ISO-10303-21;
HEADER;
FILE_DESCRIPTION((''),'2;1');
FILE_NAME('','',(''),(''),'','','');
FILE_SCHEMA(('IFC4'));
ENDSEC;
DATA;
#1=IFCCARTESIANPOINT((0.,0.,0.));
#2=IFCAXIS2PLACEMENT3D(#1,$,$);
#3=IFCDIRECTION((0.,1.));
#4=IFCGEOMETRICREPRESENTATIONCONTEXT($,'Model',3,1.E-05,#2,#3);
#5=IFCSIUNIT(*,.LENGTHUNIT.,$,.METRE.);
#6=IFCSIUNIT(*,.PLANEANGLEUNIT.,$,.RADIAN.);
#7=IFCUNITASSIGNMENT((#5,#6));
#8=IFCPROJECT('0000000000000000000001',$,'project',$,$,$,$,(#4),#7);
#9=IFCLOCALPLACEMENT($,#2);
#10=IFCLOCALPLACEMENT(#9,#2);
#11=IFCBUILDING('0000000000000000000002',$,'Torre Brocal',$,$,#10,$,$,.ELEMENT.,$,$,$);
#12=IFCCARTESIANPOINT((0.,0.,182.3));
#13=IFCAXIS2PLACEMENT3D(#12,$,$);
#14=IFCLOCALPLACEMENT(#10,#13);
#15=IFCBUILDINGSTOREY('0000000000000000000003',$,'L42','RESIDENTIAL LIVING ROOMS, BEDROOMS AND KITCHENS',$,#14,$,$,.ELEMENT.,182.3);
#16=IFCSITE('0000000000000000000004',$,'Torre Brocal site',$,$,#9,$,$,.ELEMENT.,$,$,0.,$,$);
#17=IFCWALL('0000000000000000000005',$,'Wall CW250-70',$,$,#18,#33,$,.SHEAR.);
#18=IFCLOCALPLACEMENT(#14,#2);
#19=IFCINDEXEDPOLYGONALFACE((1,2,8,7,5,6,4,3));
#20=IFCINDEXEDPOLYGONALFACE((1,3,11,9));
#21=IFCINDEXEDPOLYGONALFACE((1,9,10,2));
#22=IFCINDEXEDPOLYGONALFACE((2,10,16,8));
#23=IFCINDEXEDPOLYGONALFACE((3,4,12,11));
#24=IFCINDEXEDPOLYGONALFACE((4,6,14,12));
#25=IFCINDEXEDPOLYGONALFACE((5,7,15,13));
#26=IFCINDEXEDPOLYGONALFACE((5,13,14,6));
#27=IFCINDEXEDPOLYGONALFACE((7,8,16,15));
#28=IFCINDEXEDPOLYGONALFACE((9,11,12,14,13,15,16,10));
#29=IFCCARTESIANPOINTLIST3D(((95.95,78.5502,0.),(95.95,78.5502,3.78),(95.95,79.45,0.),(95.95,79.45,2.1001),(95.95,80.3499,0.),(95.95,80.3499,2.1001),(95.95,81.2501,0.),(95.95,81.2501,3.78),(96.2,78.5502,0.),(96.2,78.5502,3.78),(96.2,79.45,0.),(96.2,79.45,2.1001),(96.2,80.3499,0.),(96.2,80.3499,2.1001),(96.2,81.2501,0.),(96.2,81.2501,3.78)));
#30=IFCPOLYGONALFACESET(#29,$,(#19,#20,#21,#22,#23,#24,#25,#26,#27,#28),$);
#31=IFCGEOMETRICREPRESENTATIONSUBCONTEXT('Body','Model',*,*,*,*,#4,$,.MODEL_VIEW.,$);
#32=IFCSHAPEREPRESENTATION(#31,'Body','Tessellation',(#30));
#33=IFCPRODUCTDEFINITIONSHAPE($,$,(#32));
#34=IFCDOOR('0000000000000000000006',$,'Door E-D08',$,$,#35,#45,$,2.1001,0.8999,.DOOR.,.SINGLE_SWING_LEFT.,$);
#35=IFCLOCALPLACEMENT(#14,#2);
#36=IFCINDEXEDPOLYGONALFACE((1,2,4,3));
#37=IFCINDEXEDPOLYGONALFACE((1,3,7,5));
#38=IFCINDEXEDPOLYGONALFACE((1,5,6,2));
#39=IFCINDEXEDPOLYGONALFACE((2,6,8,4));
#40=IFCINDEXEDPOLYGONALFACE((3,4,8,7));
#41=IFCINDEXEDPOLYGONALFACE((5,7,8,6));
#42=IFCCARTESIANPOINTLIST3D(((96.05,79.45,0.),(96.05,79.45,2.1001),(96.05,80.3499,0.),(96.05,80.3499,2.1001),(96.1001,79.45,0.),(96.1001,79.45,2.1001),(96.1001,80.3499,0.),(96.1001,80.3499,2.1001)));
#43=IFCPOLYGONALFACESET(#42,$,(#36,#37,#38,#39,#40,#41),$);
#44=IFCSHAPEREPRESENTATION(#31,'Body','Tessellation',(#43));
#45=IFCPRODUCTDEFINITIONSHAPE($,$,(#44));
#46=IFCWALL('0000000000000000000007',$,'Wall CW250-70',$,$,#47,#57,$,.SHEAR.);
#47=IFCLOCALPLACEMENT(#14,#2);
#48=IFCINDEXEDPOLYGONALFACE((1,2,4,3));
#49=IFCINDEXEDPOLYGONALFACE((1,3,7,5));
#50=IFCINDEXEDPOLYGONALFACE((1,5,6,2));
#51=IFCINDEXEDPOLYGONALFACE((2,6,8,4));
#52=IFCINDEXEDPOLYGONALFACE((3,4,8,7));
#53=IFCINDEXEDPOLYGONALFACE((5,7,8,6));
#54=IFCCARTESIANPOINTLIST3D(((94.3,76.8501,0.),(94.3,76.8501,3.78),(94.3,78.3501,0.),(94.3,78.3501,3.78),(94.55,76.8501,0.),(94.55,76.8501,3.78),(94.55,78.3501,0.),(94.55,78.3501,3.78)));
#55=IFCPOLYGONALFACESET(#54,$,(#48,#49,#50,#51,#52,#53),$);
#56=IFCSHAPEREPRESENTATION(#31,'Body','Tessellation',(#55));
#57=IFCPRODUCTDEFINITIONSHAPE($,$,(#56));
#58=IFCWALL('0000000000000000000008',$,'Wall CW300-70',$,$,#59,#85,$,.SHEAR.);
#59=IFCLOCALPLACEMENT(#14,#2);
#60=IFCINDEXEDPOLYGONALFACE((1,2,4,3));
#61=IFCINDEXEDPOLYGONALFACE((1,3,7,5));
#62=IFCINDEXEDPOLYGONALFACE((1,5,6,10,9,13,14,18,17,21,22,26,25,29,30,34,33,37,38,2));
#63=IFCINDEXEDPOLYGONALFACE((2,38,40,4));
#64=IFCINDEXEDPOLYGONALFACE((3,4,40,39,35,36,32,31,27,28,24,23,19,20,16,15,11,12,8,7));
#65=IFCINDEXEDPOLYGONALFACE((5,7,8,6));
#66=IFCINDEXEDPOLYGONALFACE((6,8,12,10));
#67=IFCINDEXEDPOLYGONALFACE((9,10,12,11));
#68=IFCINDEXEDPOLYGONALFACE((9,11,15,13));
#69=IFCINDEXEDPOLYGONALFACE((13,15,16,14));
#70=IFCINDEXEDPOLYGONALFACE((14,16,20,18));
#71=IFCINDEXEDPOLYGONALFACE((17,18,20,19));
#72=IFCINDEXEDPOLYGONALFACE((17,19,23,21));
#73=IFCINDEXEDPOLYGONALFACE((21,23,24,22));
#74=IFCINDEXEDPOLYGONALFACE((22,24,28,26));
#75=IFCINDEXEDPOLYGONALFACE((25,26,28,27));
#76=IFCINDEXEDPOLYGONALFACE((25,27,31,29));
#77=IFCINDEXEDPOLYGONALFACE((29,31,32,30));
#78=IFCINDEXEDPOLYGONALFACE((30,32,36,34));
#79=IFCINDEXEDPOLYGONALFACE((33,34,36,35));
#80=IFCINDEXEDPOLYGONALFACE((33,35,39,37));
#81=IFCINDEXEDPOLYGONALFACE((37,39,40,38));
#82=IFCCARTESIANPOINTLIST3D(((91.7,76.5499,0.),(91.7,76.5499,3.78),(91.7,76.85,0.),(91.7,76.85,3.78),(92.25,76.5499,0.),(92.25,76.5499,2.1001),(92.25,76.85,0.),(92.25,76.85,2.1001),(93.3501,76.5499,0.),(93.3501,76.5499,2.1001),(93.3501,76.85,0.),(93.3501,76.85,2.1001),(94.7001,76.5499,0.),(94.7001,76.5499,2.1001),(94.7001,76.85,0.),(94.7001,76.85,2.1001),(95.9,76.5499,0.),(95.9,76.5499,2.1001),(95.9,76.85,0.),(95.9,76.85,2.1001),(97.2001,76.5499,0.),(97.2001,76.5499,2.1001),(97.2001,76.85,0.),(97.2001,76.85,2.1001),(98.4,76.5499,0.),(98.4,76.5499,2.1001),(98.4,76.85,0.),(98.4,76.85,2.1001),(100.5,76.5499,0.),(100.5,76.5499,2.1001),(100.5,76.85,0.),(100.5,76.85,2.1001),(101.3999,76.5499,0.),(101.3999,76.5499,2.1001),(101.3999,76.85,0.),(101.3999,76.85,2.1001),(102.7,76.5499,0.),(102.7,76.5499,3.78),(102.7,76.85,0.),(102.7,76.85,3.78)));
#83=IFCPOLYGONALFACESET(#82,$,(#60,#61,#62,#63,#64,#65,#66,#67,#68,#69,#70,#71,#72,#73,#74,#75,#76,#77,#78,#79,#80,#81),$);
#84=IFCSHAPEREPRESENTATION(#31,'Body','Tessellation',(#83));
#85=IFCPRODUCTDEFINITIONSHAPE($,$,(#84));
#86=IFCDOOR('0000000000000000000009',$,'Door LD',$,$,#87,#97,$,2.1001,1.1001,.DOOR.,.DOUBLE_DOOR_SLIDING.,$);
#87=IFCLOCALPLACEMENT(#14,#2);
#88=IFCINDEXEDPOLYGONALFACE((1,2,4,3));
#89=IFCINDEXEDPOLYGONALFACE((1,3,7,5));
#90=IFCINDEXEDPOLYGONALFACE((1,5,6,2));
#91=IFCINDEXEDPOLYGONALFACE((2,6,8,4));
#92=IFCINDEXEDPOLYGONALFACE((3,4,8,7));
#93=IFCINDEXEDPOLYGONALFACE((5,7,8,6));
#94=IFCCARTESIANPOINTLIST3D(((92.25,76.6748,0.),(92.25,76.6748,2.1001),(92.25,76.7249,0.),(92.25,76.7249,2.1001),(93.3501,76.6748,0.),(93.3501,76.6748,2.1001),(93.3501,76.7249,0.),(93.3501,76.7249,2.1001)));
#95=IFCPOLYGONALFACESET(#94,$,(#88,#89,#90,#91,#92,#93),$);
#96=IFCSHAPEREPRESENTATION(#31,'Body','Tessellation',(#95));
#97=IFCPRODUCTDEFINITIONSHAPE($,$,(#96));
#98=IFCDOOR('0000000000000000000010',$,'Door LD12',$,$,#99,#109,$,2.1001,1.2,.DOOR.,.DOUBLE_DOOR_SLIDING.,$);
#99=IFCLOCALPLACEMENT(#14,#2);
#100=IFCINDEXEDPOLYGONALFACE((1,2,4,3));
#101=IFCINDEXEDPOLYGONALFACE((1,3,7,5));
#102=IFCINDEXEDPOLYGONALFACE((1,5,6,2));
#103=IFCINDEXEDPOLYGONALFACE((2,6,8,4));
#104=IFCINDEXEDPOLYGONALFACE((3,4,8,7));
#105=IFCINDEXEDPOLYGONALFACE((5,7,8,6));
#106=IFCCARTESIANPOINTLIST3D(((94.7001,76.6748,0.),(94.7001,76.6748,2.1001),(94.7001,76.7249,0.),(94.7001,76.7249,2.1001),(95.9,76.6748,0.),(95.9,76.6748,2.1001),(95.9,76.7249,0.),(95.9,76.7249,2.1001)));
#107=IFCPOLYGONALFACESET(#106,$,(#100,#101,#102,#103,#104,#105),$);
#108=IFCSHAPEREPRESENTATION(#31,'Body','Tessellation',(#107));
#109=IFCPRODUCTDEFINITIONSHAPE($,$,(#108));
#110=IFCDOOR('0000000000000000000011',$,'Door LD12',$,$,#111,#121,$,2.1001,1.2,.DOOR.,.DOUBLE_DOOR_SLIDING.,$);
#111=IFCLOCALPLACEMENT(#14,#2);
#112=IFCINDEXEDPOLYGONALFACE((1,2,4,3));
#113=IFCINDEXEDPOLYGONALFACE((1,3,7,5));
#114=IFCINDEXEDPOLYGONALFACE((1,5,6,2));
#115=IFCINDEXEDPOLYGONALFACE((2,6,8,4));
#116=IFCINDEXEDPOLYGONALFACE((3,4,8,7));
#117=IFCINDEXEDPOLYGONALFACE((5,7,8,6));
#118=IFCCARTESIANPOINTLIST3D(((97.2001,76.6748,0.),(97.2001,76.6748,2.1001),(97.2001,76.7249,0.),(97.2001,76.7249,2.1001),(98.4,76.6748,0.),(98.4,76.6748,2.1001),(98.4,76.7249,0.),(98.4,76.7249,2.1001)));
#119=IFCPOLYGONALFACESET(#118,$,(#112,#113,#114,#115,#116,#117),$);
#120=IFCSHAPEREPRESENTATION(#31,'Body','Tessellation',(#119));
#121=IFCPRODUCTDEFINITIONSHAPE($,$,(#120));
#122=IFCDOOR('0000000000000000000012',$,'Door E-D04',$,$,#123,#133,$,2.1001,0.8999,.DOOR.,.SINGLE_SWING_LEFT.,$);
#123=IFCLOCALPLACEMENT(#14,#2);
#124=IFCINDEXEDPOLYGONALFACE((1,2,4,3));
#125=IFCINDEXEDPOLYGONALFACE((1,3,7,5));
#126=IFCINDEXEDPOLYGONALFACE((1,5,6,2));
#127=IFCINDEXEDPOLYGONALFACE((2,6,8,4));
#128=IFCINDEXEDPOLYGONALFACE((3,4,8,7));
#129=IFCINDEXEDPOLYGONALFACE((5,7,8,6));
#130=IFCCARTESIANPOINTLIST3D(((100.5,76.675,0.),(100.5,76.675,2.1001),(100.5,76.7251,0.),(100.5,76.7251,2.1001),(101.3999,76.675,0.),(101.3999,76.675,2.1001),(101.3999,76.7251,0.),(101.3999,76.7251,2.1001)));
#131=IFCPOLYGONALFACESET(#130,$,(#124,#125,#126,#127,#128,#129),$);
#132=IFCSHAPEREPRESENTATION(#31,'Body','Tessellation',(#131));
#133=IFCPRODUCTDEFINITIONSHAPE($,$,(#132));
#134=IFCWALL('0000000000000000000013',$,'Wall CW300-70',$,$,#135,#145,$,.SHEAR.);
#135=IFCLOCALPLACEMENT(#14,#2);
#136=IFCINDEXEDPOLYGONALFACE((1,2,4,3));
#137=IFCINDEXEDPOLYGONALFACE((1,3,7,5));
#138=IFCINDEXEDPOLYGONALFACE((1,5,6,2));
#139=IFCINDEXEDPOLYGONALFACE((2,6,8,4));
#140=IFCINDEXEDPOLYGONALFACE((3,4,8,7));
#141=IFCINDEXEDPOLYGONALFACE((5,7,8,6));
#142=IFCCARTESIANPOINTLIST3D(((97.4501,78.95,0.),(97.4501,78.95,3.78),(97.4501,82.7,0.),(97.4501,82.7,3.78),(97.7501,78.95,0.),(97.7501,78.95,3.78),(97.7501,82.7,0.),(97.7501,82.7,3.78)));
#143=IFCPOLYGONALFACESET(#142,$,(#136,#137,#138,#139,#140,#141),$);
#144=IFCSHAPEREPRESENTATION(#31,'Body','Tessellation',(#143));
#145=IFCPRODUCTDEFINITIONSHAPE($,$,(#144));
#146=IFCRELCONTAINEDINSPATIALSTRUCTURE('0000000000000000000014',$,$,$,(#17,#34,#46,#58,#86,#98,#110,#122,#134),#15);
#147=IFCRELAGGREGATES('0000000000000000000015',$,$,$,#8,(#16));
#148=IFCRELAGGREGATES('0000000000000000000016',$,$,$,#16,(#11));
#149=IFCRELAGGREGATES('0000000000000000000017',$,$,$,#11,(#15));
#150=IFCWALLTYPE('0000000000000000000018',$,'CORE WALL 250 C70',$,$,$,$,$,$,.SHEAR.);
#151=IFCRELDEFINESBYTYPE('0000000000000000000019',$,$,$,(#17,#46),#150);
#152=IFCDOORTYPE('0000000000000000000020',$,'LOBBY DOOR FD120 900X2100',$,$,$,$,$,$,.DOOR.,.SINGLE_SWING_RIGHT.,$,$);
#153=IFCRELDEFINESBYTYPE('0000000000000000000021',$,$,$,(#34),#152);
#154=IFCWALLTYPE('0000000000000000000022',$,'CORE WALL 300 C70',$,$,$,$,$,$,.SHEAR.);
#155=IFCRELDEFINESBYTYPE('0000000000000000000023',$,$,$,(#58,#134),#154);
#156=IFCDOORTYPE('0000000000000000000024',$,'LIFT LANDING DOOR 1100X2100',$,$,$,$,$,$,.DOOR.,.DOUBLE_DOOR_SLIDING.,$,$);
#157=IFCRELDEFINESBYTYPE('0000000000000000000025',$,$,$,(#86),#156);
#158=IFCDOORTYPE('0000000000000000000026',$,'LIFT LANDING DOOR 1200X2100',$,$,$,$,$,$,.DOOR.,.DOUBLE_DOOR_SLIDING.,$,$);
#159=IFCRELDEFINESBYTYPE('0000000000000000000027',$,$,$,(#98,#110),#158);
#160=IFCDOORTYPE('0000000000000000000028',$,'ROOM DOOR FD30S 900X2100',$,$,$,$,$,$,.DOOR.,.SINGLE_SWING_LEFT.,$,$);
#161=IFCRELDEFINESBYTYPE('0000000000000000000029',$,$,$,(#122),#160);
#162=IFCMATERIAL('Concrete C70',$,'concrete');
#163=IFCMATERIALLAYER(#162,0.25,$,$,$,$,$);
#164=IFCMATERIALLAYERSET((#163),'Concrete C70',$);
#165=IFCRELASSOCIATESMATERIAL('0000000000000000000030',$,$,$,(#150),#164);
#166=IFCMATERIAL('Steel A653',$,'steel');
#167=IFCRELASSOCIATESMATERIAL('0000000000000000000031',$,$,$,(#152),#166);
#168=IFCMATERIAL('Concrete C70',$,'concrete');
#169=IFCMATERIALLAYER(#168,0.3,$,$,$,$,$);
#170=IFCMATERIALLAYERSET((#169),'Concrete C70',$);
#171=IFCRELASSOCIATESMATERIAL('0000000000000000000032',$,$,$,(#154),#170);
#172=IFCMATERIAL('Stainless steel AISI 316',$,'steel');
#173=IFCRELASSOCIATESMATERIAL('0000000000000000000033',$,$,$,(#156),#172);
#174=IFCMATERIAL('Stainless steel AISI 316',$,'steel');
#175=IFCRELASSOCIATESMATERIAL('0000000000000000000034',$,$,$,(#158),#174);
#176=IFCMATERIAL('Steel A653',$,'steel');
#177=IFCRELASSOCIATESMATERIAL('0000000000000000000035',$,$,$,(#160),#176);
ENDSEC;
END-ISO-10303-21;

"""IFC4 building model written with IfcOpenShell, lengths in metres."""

from ifc_helpers import new_model, si_unit, direction, frame, frame_2d, origin, place, context, subcontext, project, spatial, rectangle, extrude, material, layer, layer_set, type_object, element, fill, save


model = new_model("IFC4")

# Units and contexts
model_context = context("Model", 3, precision=1e-05, world=origin(), true_north=direction((0.0, 1.0)))
body_context = subcontext(model_context, "Body", "Model", "MODEL_VIEW")
ifc_project = project(units=[si_unit("LENGTHUNIT", "METRE"), si_unit("PLANEANGLEUNIT", "RADIAN")], contexts=[model_context])

# Site, building, storey
site_placement = place(None, origin())
site = spatial("IfcSite", under=ifc_project, at=site_placement, Name="Torre Brocal site", CompositionType="ELEMENT", RefElevation=0.0)
building_placement = place(site_placement, origin())
building = spatial("IfcBuilding", under=site, at=building_placement, Name="Torre Brocal", CompositionType="ELEMENT")
storey_placement = place(building_placement, frame((0.0, 0.0, 182.3)))
storey = spatial("IfcBuildingStorey", under=building, at=storey_placement, Name="L42", Description="RESIDENTIAL LIVING ROOMS, BEDROOMS AND KITCHENS", CompositionType="ELEMENT", Elevation=182.3)

# Wall, opening, door
ifc_material_1 = material(Name="Concrete C70", Category="concrete")
ifc_layer_1 = layer(ifc_material_1, 0.25)
ifc_layer_set_1 = layer_set([ifc_layer_1], Name="Concrete C70")
wall_type_1 = type_object("IfcWallType", Name="CORE WALL 250 C70", PredefinedType="SHEAR", material=ifc_layer_set_1)
wall_1_placement = place(storey_placement, frame((96.075, 78.55, 0.0), z_axis=(0.0, 0.0, 1.0), x_axis=(0.0, 1.0, 0.0)))
wall_1 = element("IfcWall", 1, at=wall_1_placement, inside=storey, type_object=wall_type_1, Name="Wall CW250-70", PredefinedType="SHEAR", context=body_context, shape_type="SweptSolid", body=[
    extrude(rectangle(XDim=2.7, YDim=0.25, at=frame_2d((1.3501, 0.0))), origin(), (0.0, 0.0, 1.0), 3.78),
])
opening_1_placement = place(wall_1_placement, frame((0.8999, 0.0, 0.0)))
opening_1 = element("IfcOpeningElement", 2, at=opening_1_placement, cuts=wall_1, PredefinedType="OPENING", context=body_context, shape_type="SweptSolid", body=[
    extrude(rectangle(XDim=0.8999, YDim=2.1001, at=frame_2d((0.45, 1.05))), frame((0.0, 0.135, 0.0), z_axis=(0.0, -1.0, 0.0), x_axis=(1.0, 0.0, 0.0)), (0.0, 0.0, 1.0), 0.27),
])
ifc_material_2 = material(Name="Steel A653", Category="steel")
door_type_1 = type_object("IfcDoorType", Name="LOBBY DOOR FD120 900X2100", OperationType="SINGLE_SWING_RIGHT", PredefinedType="DOOR", material=ifc_material_2)
door_1_placement = place(opening_1_placement, origin())
door_1 = element("IfcDoor", 3, at=door_1_placement, inside=storey, type_object=door_type_1, Name="Door E-D08", OperationType="SINGLE_SWING_LEFT", OverallHeight=2.1001, OverallWidth=0.8999, PredefinedType="DOOR", context=body_context, shape_type="SweptSolid", body=[
    extrude(rectangle(XDim=0.8999, YDim=2.1001, at=frame_2d((0.45, 1.05))), frame((0.0, 0.0249, 0.0), z_axis=(0.0, -1.0, 0.0), x_axis=(1.0, 0.0, 0.0)), (0.0, 0.0, 1.0), 0.05),
])
fill(opening_1, door_1)

# Wall
wall_2_placement = place(storey_placement, frame((94.425, 76.8501, 0.0), z_axis=(0.0, 0.0, 1.0), x_axis=(0.0, 1.0, 0.0)))
element("IfcWall", 4, at=wall_2_placement, inside=storey, type_object=wall_type_1, Name="Wall CW250-70", PredefinedType="SHEAR", context=body_context, shape_type="SweptSolid", body=[
    extrude(rectangle(XDim=1.5, YDim=0.25, at=frame_2d((0.75, 0.0))), origin(), (0.0, 0.0, 1.0), 3.78),
])

# Wall, openings, doors
ifc_material_3 = material(Name="Concrete C70", Category="concrete")
ifc_layer_2 = layer(ifc_material_3, 0.3)
ifc_layer_set_2 = layer_set([ifc_layer_2], Name="Concrete C70")
wall_type_2 = type_object("IfcWallType", Name="CORE WALL 300 C70", PredefinedType="SHEAR", material=ifc_layer_set_2)
wall_3_placement = place(storey_placement, frame((91.7, 76.7, 0.0), z_axis=(0.0, 0.0, 1.0), x_axis=(1.0, 0.0, 0.0)))
wall_3 = element("IfcWall", 5, at=wall_3_placement, inside=storey, type_object=wall_type_2, Name="Wall CW300-70", PredefinedType="SHEAR", context=body_context, shape_type="SweptSolid", body=[
    extrude(rectangle(XDim=11.0, YDim=0.3, at=frame_2d((5.5, 0.0))), origin(), (0.0, 0.0, 1.0), 3.78),
])
opening_2_placement = place(wall_3_placement, frame((0.55, 0.0, 0.0)))
opening_2 = element("IfcOpeningElement", 6, at=opening_2_placement, cuts=wall_3, PredefinedType="OPENING", context=body_context, shape_type="SweptSolid", body=[
    extrude(rectangle(XDim=1.1001, YDim=2.1001, at=frame_2d((0.55, 1.05))), frame((0.0, 0.1599, 0.0), z_axis=(0.0, -1.0, 0.0), x_axis=(1.0, 0.0, 0.0)), (0.0, 0.0, 1.0), 0.3201),
])
opening_3_placement = place(wall_3_placement, frame((3.0, 0.0, 0.0)))
opening_3 = element("IfcOpeningElement", 7, at=opening_3_placement, cuts=wall_3, PredefinedType="OPENING", context=body_context, shape_type="SweptSolid", body=[
    extrude(rectangle(XDim=1.2, YDim=2.1001, at=frame_2d((0.6001, 1.05))), frame((0.0, 0.1599, 0.0), z_axis=(0.0, -1.0, 0.0), x_axis=(1.0, 0.0, 0.0)), (0.0, 0.0, 1.0), 0.3201),
])
opening_4_placement = place(wall_3_placement, frame((5.5, 0.0, 0.0)))
opening_4 = element("IfcOpeningElement", 8, at=opening_4_placement, cuts=wall_3, PredefinedType="OPENING", context=body_context, shape_type="SweptSolid", body=[
    extrude(rectangle(XDim=1.2, YDim=2.1001, at=frame_2d((0.6001, 1.05))), frame((0.0, 0.1599, 0.0), z_axis=(0.0, -1.0, 0.0), x_axis=(1.0, 0.0, 0.0)), (0.0, 0.0, 1.0), 0.3201),
])
opening_5_placement = place(wall_3_placement, frame((8.8, 0.0, 0.0)))
opening_5 = element("IfcOpeningElement", 9, at=opening_5_placement, cuts=wall_3, PredefinedType="OPENING", context=body_context, shape_type="SweptSolid", body=[
    extrude(rectangle(XDim=0.8999, YDim=2.1001, at=frame_2d((0.45, 1.05))), frame((0.0, 0.1599, 0.0), z_axis=(0.0, -1.0, 0.0), x_axis=(1.0, 0.0, 0.0)), (0.0, 0.0, 1.0), 0.3201),
])
ifc_material_4 = material(Name="Stainless steel AISI 316", Category="steel")
door_type_2 = type_object("IfcDoorType", Name="LIFT LANDING DOOR 1100X2100", OperationType="DOUBLE_DOOR_SLIDING", PredefinedType="DOOR", material=ifc_material_4)
door_2_placement = place(opening_2_placement, origin())
door_2 = element("IfcDoor", 10, at=door_2_placement, inside=storey, type_object=door_type_2, Name="Door LD", OperationType="DOUBLE_DOOR_SLIDING", OverallHeight=2.1001, OverallWidth=1.1001, PredefinedType="DOOR", context=body_context, shape_type="SweptSolid", body=[
    extrude(rectangle(XDim=1.1001, YDim=2.1001, at=frame_2d((0.55, 1.05))), frame((0.0, 0.0249, 0.0), z_axis=(0.0, -1.0, 0.0), x_axis=(1.0, 0.0, 0.0)), (0.0, 0.0, 1.0), 0.05),
])
fill(opening_2, door_2)
ifc_material_5 = material(Name="Stainless steel AISI 316", Category="steel")
door_type_3 = type_object("IfcDoorType", Name="LIFT LANDING DOOR 1200X2100", OperationType="DOUBLE_DOOR_SLIDING", PredefinedType="DOOR", material=ifc_material_5)
door_3_placement = place(opening_3_placement, origin())
door_3 = element("IfcDoor", 11, at=door_3_placement, inside=storey, type_object=door_type_3, Name="Door LD12", OperationType="DOUBLE_DOOR_SLIDING", OverallHeight=2.1001, OverallWidth=1.2, PredefinedType="DOOR", context=body_context, shape_type="SweptSolid", body=[
    extrude(rectangle(XDim=1.2, YDim=2.1001, at=frame_2d((0.6001, 1.05))), frame((0.0, 0.0249, 0.0), z_axis=(0.0, -1.0, 0.0), x_axis=(1.0, 0.0, 0.0)), (0.0, 0.0, 1.0), 0.05),
])
fill(opening_3, door_3)
door_4_placement = place(opening_4_placement, origin())
door_4 = element("IfcDoor", 12, at=door_4_placement, inside=storey, type_object=door_type_3, Name="Door LD12", OperationType="DOUBLE_DOOR_SLIDING", OverallHeight=2.1001, OverallWidth=1.2, PredefinedType="DOOR", context=body_context, shape_type="SweptSolid", body=[
    extrude(rectangle(XDim=1.2, YDim=2.1001, at=frame_2d((0.6001, 1.05))), frame((0.0, 0.0249, 0.0), z_axis=(0.0, -1.0, 0.0), x_axis=(1.0, 0.0, 0.0)), (0.0, 0.0, 1.0), 0.05),
])
fill(opening_4, door_4)
ifc_material_6 = material(Name="Steel A653", Category="steel")
door_type_4 = type_object("IfcDoorType", Name="ROOM DOOR FD30S 900X2100", OperationType="SINGLE_SWING_LEFT", PredefinedType="DOOR", material=ifc_material_6)
door_5_placement = place(opening_5_placement, frame((0.8999, 0.0, 0.0), z_axis=(0.0, 0.0, 1.0), x_axis=(-1.0, 0.0, 0.0)))
door_5 = element("IfcDoor", 13, at=door_5_placement, inside=storey, type_object=door_type_4, Name="Door E-D04", OperationType="SINGLE_SWING_LEFT", OverallHeight=2.1001, OverallWidth=0.8999, PredefinedType="DOOR", context=body_context, shape_type="SweptSolid", body=[
    extrude(rectangle(XDim=0.8999, YDim=2.1001, at=frame_2d((0.45, 1.05))), frame((0.0, 0.0249, 0.0), z_axis=(0.0, -1.0, 0.0), x_axis=(1.0, 0.0, 0.0)), (0.0, 0.0, 1.0), 0.05),
])
fill(opening_5, door_5)

# Wall
wall_4_placement = place(storey_placement, frame((97.6001, 78.95, 0.0), z_axis=(0.0, 0.0, 1.0), x_axis=(0.0, 1.0, 0.0)))
element("IfcWall", 14, at=wall_4_placement, inside=storey, type_object=wall_type_2, Name="Wall CW300-70", PredefinedType="SHEAR", context=body_context, shape_type="SweptSolid", body=[
    extrude(rectangle(XDim=3.75, YDim=0.3, at=frame_2d((1.875, 0.0))), origin(), (0.0, 0.0, 1.0), 3.78),
])

save(model, "model.ifc")
